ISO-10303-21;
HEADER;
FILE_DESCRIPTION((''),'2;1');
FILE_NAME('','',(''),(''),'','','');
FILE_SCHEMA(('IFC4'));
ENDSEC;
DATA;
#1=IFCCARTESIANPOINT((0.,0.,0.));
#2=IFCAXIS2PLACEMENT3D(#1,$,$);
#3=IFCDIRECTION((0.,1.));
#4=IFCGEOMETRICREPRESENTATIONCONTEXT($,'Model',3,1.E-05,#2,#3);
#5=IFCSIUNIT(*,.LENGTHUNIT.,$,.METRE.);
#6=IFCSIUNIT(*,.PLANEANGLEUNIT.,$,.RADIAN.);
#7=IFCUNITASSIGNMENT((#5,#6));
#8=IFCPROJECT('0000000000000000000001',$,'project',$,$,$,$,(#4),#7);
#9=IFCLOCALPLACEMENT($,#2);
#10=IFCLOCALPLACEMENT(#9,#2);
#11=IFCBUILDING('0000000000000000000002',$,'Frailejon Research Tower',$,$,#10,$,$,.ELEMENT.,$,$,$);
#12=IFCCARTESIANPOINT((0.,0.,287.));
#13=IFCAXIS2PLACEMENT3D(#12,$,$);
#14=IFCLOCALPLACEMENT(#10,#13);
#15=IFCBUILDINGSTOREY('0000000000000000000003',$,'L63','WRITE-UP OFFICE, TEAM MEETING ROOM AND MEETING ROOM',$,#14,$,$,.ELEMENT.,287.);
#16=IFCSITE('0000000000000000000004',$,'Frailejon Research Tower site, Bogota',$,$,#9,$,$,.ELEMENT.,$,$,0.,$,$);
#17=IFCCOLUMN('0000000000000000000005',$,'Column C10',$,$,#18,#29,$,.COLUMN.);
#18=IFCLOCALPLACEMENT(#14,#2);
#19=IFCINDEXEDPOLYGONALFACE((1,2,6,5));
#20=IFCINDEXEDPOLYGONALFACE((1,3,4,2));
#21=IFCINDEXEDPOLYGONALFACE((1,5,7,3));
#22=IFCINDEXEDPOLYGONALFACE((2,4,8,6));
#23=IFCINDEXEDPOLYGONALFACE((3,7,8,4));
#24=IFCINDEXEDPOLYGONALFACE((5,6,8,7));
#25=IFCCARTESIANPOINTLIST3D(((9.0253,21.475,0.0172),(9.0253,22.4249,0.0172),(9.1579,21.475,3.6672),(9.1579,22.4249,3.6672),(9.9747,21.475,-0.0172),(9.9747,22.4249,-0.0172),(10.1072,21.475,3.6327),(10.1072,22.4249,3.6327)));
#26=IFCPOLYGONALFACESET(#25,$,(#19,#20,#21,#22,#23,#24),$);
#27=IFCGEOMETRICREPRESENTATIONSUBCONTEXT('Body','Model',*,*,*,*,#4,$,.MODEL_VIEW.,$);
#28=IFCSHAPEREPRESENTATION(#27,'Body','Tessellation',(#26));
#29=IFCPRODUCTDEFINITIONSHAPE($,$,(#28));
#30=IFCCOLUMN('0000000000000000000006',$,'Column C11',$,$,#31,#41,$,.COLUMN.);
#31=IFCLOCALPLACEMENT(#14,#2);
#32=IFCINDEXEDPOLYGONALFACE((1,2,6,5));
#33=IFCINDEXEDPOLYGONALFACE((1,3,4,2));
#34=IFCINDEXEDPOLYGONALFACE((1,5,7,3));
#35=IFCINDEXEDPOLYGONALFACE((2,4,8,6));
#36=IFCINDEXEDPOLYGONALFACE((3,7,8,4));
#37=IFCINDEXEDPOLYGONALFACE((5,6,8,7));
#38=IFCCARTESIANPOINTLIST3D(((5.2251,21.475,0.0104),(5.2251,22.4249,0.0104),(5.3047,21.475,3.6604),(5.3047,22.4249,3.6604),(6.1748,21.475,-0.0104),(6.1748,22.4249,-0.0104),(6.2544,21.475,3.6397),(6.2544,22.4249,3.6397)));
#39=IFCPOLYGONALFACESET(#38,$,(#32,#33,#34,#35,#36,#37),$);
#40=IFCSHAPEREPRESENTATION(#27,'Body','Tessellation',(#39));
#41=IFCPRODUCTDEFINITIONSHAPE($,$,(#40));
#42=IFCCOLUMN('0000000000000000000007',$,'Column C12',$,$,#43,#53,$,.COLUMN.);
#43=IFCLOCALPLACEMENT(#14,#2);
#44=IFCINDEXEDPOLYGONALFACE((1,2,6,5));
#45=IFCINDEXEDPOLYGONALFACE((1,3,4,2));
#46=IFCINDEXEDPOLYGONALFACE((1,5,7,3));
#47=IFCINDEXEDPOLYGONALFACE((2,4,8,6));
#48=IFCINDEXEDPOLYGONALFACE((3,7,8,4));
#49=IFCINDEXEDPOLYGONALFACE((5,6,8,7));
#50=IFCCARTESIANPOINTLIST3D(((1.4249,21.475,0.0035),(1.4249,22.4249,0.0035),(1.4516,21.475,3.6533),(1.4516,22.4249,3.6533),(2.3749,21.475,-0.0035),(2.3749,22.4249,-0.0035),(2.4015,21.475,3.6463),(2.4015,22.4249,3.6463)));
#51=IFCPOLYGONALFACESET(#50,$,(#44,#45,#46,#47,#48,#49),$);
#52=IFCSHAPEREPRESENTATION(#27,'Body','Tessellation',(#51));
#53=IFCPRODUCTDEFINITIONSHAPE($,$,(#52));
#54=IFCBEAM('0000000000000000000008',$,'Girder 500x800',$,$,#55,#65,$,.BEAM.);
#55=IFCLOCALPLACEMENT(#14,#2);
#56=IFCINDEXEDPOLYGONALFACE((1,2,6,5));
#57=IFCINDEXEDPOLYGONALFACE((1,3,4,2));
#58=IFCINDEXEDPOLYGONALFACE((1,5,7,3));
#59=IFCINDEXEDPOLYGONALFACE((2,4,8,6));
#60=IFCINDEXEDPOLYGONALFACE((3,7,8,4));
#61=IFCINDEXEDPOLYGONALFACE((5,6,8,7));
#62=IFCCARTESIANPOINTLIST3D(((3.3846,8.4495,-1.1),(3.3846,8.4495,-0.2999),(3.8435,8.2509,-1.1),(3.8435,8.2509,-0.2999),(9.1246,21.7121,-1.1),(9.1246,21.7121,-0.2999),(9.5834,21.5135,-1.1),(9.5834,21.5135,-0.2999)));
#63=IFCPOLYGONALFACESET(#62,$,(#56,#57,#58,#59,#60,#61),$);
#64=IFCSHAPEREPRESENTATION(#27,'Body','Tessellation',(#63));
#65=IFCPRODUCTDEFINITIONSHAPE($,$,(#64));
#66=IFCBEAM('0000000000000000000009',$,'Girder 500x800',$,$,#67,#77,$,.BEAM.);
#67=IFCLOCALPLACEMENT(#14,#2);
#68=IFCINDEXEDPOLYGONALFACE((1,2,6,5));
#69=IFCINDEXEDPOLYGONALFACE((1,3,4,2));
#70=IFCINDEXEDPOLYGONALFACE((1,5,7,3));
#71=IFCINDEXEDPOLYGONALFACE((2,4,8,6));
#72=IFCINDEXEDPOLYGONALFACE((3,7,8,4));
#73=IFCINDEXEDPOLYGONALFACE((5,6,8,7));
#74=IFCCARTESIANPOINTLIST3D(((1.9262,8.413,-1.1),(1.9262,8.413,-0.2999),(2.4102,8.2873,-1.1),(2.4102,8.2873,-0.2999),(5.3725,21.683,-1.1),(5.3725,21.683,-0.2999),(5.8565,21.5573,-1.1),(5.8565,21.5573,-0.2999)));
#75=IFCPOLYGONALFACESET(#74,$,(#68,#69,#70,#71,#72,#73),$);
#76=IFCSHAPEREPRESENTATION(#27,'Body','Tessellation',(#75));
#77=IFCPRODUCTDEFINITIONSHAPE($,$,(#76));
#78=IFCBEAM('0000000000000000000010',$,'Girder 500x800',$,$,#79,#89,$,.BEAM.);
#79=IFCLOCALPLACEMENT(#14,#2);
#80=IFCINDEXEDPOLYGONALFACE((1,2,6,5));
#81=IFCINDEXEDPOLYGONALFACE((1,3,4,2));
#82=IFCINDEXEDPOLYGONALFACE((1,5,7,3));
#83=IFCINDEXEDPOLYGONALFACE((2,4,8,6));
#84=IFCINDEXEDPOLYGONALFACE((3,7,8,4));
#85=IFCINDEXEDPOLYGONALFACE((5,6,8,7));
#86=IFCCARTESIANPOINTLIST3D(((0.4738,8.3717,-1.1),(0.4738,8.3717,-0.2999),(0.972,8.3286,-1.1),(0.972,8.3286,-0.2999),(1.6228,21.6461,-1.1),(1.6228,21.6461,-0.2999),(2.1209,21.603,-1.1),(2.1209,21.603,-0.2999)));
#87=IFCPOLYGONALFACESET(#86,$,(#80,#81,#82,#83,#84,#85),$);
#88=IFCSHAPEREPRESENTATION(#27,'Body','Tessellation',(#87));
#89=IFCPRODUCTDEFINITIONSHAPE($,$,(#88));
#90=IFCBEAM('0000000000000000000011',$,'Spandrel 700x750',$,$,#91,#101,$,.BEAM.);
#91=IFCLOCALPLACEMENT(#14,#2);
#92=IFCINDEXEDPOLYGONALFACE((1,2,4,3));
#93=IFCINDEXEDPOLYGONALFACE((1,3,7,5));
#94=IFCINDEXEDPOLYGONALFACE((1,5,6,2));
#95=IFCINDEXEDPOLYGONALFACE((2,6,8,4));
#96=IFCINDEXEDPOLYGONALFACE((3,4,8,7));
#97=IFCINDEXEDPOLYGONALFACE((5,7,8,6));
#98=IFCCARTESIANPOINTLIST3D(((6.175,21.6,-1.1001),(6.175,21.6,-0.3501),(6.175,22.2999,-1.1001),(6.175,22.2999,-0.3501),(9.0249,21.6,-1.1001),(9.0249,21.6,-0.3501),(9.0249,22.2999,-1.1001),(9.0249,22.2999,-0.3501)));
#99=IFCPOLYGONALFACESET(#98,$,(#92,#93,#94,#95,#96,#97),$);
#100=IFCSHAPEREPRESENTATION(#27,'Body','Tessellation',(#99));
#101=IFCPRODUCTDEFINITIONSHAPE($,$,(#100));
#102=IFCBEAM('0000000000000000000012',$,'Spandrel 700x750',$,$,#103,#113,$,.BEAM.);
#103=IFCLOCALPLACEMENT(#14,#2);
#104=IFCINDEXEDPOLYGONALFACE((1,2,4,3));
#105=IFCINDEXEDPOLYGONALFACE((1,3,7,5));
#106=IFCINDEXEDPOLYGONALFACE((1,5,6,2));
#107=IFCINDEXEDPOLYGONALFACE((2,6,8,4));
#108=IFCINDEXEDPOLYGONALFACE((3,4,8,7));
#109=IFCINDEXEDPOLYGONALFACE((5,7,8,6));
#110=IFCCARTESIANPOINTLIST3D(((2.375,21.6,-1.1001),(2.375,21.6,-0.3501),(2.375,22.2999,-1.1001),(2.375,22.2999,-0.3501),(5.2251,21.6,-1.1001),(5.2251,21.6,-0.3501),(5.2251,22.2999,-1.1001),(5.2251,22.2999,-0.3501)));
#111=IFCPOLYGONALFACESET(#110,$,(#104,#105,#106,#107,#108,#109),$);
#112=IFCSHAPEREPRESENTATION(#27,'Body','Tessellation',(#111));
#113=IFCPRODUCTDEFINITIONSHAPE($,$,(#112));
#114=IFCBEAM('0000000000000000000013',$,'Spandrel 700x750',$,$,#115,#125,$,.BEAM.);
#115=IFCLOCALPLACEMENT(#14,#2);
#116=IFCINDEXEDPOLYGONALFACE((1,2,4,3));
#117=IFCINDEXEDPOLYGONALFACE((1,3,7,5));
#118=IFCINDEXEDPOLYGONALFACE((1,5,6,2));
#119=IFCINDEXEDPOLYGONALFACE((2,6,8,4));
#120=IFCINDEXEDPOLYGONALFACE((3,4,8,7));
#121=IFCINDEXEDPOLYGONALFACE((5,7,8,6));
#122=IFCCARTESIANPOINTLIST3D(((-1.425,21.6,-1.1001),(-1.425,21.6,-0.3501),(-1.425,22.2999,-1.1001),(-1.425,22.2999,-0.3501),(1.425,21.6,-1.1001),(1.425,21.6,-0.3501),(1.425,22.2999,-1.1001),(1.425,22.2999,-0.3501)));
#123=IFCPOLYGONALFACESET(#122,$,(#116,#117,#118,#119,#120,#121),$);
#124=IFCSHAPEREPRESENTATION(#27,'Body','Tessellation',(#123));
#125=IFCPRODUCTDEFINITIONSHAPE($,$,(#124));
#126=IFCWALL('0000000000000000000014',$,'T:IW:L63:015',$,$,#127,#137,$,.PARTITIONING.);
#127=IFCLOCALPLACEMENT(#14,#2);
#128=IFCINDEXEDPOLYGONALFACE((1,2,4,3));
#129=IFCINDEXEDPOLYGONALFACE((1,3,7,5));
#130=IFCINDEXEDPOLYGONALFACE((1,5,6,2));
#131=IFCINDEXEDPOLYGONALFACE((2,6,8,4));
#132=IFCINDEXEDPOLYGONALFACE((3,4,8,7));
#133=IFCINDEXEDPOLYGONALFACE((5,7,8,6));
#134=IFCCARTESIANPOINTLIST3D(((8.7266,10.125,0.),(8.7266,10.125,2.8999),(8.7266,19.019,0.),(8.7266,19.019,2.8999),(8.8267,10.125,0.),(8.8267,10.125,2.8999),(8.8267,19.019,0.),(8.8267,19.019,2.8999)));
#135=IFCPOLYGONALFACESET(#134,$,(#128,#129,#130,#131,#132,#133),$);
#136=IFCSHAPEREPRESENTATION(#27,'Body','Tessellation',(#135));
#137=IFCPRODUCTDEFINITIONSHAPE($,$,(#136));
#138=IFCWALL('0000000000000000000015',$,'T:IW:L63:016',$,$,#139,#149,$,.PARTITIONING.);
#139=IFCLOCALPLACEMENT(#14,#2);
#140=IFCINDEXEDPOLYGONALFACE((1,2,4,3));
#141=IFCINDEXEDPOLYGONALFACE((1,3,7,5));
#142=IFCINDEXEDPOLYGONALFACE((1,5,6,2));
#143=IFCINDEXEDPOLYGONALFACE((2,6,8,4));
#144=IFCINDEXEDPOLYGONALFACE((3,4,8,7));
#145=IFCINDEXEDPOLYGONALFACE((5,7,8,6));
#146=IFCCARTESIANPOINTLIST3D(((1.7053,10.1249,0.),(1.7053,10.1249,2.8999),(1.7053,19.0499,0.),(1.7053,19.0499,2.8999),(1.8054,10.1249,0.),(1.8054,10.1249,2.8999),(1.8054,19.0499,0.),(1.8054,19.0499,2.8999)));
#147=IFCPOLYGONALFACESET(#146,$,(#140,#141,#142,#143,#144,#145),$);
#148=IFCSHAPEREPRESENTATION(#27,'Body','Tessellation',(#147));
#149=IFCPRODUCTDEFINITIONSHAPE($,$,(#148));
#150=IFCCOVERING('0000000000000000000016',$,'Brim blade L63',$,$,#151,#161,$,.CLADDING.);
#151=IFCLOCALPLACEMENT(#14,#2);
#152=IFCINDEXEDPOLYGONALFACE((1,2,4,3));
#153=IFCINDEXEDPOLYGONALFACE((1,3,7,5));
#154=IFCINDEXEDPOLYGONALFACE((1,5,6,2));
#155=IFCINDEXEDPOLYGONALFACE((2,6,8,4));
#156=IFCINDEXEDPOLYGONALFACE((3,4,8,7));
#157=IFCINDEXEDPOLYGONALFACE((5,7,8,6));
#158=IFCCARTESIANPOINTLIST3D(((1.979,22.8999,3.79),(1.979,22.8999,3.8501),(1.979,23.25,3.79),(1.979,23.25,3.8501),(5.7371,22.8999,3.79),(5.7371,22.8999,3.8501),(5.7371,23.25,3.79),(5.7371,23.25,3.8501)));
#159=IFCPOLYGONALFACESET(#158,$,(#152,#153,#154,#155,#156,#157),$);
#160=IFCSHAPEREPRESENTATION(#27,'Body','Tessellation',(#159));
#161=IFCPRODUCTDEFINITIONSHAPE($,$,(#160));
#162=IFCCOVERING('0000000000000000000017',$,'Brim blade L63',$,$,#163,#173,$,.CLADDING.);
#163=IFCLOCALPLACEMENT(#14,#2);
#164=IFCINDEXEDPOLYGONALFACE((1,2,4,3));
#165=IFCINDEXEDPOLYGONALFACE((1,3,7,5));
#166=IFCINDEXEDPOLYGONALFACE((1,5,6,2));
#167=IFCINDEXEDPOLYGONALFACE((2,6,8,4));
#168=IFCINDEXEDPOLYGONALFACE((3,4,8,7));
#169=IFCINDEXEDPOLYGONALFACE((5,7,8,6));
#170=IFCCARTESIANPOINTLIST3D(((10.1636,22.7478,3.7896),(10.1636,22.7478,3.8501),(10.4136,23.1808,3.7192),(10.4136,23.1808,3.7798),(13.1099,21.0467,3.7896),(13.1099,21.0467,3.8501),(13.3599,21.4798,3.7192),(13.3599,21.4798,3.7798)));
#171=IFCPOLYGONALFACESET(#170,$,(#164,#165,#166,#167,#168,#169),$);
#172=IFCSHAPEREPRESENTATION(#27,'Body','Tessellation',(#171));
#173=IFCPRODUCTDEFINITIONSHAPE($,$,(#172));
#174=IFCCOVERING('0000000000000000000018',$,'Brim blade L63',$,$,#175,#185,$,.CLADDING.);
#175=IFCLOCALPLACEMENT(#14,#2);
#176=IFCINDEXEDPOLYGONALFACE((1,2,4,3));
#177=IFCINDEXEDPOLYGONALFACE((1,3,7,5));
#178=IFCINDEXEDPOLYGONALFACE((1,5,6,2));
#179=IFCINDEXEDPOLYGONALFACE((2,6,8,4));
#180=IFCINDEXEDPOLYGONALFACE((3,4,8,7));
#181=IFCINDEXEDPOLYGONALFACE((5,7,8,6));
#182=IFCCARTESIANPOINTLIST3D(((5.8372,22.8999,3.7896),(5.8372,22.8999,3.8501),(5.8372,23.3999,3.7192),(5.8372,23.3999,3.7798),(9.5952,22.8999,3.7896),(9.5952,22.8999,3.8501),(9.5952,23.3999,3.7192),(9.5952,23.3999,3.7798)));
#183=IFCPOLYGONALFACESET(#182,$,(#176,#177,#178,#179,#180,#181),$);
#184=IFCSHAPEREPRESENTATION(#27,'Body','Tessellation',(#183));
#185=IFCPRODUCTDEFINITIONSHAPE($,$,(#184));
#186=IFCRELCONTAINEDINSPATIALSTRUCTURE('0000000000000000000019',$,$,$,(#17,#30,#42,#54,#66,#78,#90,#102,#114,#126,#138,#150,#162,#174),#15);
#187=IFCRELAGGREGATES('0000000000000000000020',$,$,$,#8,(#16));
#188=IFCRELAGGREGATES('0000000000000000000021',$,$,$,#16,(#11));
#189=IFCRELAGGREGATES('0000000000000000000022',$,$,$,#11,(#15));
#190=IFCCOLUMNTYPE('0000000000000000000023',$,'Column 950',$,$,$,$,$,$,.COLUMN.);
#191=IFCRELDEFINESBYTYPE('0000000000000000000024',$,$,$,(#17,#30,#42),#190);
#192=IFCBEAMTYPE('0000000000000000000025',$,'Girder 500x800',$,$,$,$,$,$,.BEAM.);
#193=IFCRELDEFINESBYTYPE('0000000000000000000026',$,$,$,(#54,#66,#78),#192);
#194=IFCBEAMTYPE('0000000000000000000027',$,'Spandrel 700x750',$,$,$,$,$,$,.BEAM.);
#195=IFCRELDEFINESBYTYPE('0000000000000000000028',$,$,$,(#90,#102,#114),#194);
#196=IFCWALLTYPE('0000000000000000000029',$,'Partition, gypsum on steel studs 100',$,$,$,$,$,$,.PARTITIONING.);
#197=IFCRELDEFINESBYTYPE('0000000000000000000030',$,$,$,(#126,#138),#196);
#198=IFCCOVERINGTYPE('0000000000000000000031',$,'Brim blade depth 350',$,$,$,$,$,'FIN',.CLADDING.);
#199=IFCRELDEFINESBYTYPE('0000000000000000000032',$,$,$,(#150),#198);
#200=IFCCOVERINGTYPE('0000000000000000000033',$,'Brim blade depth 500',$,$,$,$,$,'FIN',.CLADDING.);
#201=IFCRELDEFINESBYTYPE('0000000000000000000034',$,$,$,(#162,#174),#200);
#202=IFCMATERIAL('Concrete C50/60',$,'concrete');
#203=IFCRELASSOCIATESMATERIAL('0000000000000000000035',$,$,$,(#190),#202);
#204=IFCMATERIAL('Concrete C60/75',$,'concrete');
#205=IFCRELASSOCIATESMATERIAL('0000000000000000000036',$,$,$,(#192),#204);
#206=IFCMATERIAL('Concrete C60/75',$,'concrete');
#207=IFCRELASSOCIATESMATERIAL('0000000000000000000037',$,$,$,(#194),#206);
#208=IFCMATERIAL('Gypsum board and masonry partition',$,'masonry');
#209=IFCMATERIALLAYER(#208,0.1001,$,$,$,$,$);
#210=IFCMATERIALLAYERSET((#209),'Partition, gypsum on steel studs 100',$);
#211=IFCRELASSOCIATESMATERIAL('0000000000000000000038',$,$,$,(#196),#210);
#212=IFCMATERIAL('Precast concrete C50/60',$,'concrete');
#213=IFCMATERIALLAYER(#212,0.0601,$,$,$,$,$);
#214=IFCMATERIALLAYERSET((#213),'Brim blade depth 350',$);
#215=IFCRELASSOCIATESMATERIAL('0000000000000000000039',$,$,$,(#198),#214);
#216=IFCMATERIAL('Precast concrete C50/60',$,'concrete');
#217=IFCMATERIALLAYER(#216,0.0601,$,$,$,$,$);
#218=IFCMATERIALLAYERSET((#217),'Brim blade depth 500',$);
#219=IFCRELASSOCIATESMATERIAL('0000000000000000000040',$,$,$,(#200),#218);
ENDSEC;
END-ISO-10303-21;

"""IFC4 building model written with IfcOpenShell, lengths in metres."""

from ifc_helpers import new_model, si_unit, direction, frame, frame_2d, origin, origin_2d, place, context, subcontext, project, spatial, polyline, rectangle, outline, extrude, material, layer, layer_set, material_profile, profile_set, type_object, element, save


model = new_model("IFC4")

# Units and contexts
model_context = context("Model", 3, precision=1e-05, world=origin(), true_north=direction((0.0, 1.0)))
body_context = subcontext(model_context, "Body", "Model", "MODEL_VIEW")
ifc_project = project(units=[si_unit("LENGTHUNIT", "METRE"), si_unit("PLANEANGLEUNIT", "RADIAN")], contexts=[model_context])

# Site, building, storey
site_placement = place(None, origin())
site = spatial("IfcSite", under=ifc_project, at=site_placement, Name="Frailejon Research Tower site, Bogota", CompositionType="ELEMENT", RefElevation=0.0)
building_placement = place(site_placement, origin())
building = spatial("IfcBuilding", under=site, at=building_placement, Name="Frailejon Research Tower", CompositionType="ELEMENT")
storey_placement = place(building_placement, frame((0.0, 0.0, 287.0)))
storey = spatial("IfcBuildingStorey", under=building, at=storey_placement, Name="L63", Description="WRITE-UP OFFICE, TEAM MEETING ROOM AND MEETING ROOM", CompositionType="ELEMENT", Elevation=287.0)

# Columns
ifc_material_1 = material(Name="Concrete C50/60", Category="concrete")
ifc_material_profile_1 = material_profile(ifc_material_1, rectangle(XDim=0.95, YDim=0.95, at=origin_2d()), Name="Column 950")
ifc_profile_set_1 = profile_set([ifc_material_profile_1], Name="Concrete C50/60")
column_type = type_object("IfcColumnType", Name="Column 950", PredefinedType="COLUMN", material=ifc_profile_set_1)
column_1_placement = place(storey_placement, frame((9.5, 21.95, 0.0), z_axis=(0.036297, 0.0, 0.999341), x_axis=(-0.999341, 0.0, 0.036297)))
element("IfcColumn", 1, at=column_1_placement, inside=storey, type_object=column_type, Name="Column C10", PredefinedType="COLUMN", context=body_context, shape_type="SweptSolid", body=[
    extrude(rectangle(XDim=0.95, YDim=0.95, at=origin_2d()), origin(), (0.0, 0.0, 1.0), 3.6523),
])
column_2_placement = place(storey_placement, frame((5.7, 21.95, 0.0), z_axis=(0.021801, 0.0, 0.999762), x_axis=(-0.999762, 0.0, 0.021801)))
element("IfcColumn", 2, at=column_2_placement, inside=storey, type_object=column_type, Name="Column C11", PredefinedType="COLUMN", context=body_context, shape_type="SweptSolid", body=[
    extrude(rectangle(XDim=0.95, YDim=0.95, at=origin_2d()), origin(), (0.0, 0.0, 1.0), 3.6509),
])
column_3_placement = place(storey_placement, frame((1.8999, 21.95, 0.0), z_axis=(0.007291, 0.0, 0.999973), x_axis=(-0.999973, 0.0, 0.007291)))
element("IfcColumn", 3, at=column_3_placement, inside=storey, type_object=column_type, Name="Column C12", PredefinedType="COLUMN", context=body_context, shape_type="SweptSolid", body=[
    extrude(rectangle(XDim=0.95, YDim=0.95, at=origin_2d()), origin(), (0.0, 0.0, 1.0), 3.6499),
])

# Beams
ifc_material_2 = material(Name="Concrete C60/75", Category="concrete")
ifc_material_profile_2 = material_profile(ifc_material_2, rectangle(XDim=0.5, YDim=0.8, at=origin_2d()), Name="Girder 500x800")
ifc_profile_set_2 = profile_set([ifc_material_profile_2], Name="Concrete C60/75")
beam_type_1 = type_object("IfcBeamType", Name="Girder 500x800", PredefinedType="BEAM", material=ifc_profile_set_2)
beam_1_placement = place(storey_placement, frame((9.354, 21.6128, -0.7), z_axis=(-0.397189, -0.917737, 0.0), x_axis=(0.917737, -0.397189, 0.0)))
element("IfcBeam", 4, at=beam_1_placement, inside=storey, type_object=beam_type_1, Name="Girder 500x800", PredefinedType="BEAM", context=body_context, shape_type="SweptSolid", body=[
    extrude(rectangle(XDim=0.5, YDim=0.8, at=origin_2d()), origin(), (0.0, 0.0, 1.0), 14.4514),
])
beam_2_placement = place(storey_placement, frame((5.6145, 21.6201, -0.7), z_axis=(-0.251366, -0.967892, 0.0), x_axis=(0.967892, -0.251366, 0.0)))
element("IfcBeam", 5, at=beam_2_placement, inside=storey, type_object=beam_type_1, Name="Girder 500x800", PredefinedType="BEAM", context=body_context, shape_type="SweptSolid", body=[
    extrude(rectangle(XDim=0.5, YDim=0.8, at=origin_2d()), origin(), (0.0, 0.0, 1.0), 13.7102),
])
beam_3_placement = place(storey_placement, frame((1.8718, 21.6245, -0.7), z_axis=(-0.08623, -0.996275, 0.0), x_axis=(0.996275, -0.08623, 0.0)))
element("IfcBeam", 6, at=beam_3_placement, inside=storey, type_object=beam_type_1, Name="Girder 500x800", PredefinedType="BEAM", context=body_context, shape_type="SweptSolid", body=[
    extrude(rectangle(XDim=0.5, YDim=0.8, at=origin_2d()), origin(), (0.0, 0.0, 1.0), 13.324),
])
ifc_material_3 = material(Name="Concrete C60/75", Category="concrete")
ifc_material_profile_3 = material_profile(ifc_material_3, rectangle(XDim=0.7, YDim=0.75, at=origin_2d()), Name="Spandrel 700x750")
ifc_profile_set_3 = profile_set([ifc_material_profile_3], Name="Concrete C60/75")
beam_type_2 = type_object("IfcBeamType", Name="Spandrel 700x750", PredefinedType="BEAM", material=ifc_profile_set_3)
beam_4_placement = place(storey_placement, frame((9.0249, 21.95, -0.7251), z_axis=(-1.0, 0.0, 0.0), x_axis=(0.0, -1.0, 0.0)))
element("IfcBeam", 7, at=beam_4_placement, inside=storey, type_object=beam_type_2, Name="Spandrel 700x750", PredefinedType="BEAM", context=body_context, shape_type="SweptSolid", body=[
    extrude(rectangle(XDim=0.7, YDim=0.75, at=origin_2d()), origin(), (0.0, 0.0, 1.0), 2.8499),
])
for number, where, z_axis, x_axis, name in (
    (8, (5.2251, 21.95, -0.7251), (-1.0, 0.0, 0.0), (0.0, -1.0, 0.0), "Spandrel 700x750"),
    (9, (1.425, 21.95, -0.7251), (-1.0, 0.0, 0.0), (0.0, -1.0, 0.0), "Spandrel 700x750"),
):
    element("IfcBeam", number, at=place(storey_placement, frame(where, z_axis=z_axis, x_axis=x_axis)), inside=storey, type_object=beam_type_2, Name=name, PredefinedType="BEAM", context=body_context, shape_type="SweptSolid", body=[
        extrude(rectangle(XDim=0.7, YDim=0.75, at=origin_2d()), origin(), (0.0, 0.0, 1.0), 2.8501),
    ])

# Walls
ifc_material_4 = material(Name="Gypsum board and masonry partition", Category="masonry")
ifc_layer_1 = layer(ifc_material_4, 0.1001)
ifc_layer_set_1 = layer_set([ifc_layer_1], Name="Partition, gypsum on steel studs 100")
wall_type_1 = type_object("IfcWallType", Name="Partition, gypsum on steel studs 100", PredefinedType="PARTITIONING", material=ifc_layer_set_1)
wall_1_placement = place(storey_placement, frame((8.7766, 10.125, 0.0), z_axis=(0.0, 0.0, 1.0), x_axis=(0.0, 1.0, 0.0)))
element("IfcWall", 10, at=wall_1_placement, inside=storey, type_object=wall_type_1, Name="T:IW:L63:015", PredefinedType="PARTITIONING", context=body_context, shape_type="SweptSolid", body=[
    extrude(rectangle(XDim=8.894, YDim=0.1001, at=frame_2d((4.447, 0.0))), origin(), (0.0, 0.0, 1.0), 2.8999),
])
wall_2_placement = place(storey_placement, frame((1.7554, 10.125, 0.0), z_axis=(0.0, 0.0, 1.0), x_axis=(0.0, 1.0, 0.0)))
element("IfcWall", 11, at=wall_2_placement, inside=storey, type_object=wall_type_1, Name="T:IW:L63:016", PredefinedType="PARTITIONING", context=body_context, shape_type="SweptSolid", body=[
    extrude(rectangle(XDim=8.925, YDim=0.1001, at=frame_2d((4.4624, 0.0))), origin(), (0.0, 0.0, 1.0), 2.8999),
])

# Coverings
ifc_material_5 = material(Name="Precast concrete C50/60", Category="concrete")
ifc_layer_2 = layer(ifc_material_5, 0.0601)
ifc_layer_set_2 = layer_set([ifc_layer_2], Name="Brim blade depth 350")
covering_type_1 = type_object("IfcCoveringType", Name="Brim blade depth 350", ElementType="FIN", PredefinedType="CLADDING", material=ifc_layer_set_2)
covering_1_placement = place(storey_placement, frame((1.979, 22.8999, 3.8501), z_axis=(1.0, 0.0, 0.0), x_axis=(0.0, 1.0, 0.0)))
element("IfcCovering", 12, at=covering_1_placement, inside=storey, type_object=covering_type_1, Name="Brim blade L63", PredefinedType="CLADDING", context=body_context, shape_type="SweptSolid", body=[
    extrude(outline(polyline([(0.0, -0.0601), (0.3501, -0.0601), (0.3501, 0.0), (0.0, 0.0), (0.0, -0.0601)])), origin(), (0.0, 0.0, 1.0), 3.7581),
])
ifc_material_6 = material(Name="Precast concrete C50/60", Category="concrete")
ifc_layer_3 = layer(ifc_material_6, 0.0601)
ifc_layer_set_3 = layer_set([ifc_layer_3], Name="Brim blade depth 500")
covering_type_2 = type_object("IfcCoveringType", Name="Brim blade depth 500", ElementType="FIN", PredefinedType="CLADDING", material=ifc_layer_set_3)
covering_2_placement = place(storey_placement, frame((10.1636, 22.7478, 3.8501), z_axis=(0.866024, -0.500003, 0.0), x_axis=(0.500003, 0.866024, 0.0)))
element("IfcCovering", 13, at=covering_2_placement, inside=storey, type_object=covering_type_2, Name="Brim blade L63", PredefinedType="CLADDING", context=body_context, shape_type="SweptSolid", body=[
    extrude(outline(polyline([(0.0, -0.0605), (0.5, -0.1309), (0.5, -0.0703), (0.0, 0.0), (0.0, -0.0605)])), origin(), (0.0, 0.0, 1.0), 3.4021),
])
covering_3_placement = place(storey_placement, frame((5.8372, 22.8999, 3.8501), z_axis=(1.0, 0.0, 0.0), x_axis=(0.0, 1.0, 0.0)))
element("IfcCovering", 14, at=covering_3_placement, inside=storey, type_object=covering_type_2, Name="Brim blade L63", PredefinedType="CLADDING", context=body_context, shape_type="SweptSolid", body=[
    extrude(outline(polyline([(0.0, -0.0605), (0.5, -0.1309), (0.5, -0.0703), (0.0, 0.0), (0.0, -0.0605)])), origin(), (0.0, 0.0, 1.0), 3.7581),
])

save(model, "model.ifc")
